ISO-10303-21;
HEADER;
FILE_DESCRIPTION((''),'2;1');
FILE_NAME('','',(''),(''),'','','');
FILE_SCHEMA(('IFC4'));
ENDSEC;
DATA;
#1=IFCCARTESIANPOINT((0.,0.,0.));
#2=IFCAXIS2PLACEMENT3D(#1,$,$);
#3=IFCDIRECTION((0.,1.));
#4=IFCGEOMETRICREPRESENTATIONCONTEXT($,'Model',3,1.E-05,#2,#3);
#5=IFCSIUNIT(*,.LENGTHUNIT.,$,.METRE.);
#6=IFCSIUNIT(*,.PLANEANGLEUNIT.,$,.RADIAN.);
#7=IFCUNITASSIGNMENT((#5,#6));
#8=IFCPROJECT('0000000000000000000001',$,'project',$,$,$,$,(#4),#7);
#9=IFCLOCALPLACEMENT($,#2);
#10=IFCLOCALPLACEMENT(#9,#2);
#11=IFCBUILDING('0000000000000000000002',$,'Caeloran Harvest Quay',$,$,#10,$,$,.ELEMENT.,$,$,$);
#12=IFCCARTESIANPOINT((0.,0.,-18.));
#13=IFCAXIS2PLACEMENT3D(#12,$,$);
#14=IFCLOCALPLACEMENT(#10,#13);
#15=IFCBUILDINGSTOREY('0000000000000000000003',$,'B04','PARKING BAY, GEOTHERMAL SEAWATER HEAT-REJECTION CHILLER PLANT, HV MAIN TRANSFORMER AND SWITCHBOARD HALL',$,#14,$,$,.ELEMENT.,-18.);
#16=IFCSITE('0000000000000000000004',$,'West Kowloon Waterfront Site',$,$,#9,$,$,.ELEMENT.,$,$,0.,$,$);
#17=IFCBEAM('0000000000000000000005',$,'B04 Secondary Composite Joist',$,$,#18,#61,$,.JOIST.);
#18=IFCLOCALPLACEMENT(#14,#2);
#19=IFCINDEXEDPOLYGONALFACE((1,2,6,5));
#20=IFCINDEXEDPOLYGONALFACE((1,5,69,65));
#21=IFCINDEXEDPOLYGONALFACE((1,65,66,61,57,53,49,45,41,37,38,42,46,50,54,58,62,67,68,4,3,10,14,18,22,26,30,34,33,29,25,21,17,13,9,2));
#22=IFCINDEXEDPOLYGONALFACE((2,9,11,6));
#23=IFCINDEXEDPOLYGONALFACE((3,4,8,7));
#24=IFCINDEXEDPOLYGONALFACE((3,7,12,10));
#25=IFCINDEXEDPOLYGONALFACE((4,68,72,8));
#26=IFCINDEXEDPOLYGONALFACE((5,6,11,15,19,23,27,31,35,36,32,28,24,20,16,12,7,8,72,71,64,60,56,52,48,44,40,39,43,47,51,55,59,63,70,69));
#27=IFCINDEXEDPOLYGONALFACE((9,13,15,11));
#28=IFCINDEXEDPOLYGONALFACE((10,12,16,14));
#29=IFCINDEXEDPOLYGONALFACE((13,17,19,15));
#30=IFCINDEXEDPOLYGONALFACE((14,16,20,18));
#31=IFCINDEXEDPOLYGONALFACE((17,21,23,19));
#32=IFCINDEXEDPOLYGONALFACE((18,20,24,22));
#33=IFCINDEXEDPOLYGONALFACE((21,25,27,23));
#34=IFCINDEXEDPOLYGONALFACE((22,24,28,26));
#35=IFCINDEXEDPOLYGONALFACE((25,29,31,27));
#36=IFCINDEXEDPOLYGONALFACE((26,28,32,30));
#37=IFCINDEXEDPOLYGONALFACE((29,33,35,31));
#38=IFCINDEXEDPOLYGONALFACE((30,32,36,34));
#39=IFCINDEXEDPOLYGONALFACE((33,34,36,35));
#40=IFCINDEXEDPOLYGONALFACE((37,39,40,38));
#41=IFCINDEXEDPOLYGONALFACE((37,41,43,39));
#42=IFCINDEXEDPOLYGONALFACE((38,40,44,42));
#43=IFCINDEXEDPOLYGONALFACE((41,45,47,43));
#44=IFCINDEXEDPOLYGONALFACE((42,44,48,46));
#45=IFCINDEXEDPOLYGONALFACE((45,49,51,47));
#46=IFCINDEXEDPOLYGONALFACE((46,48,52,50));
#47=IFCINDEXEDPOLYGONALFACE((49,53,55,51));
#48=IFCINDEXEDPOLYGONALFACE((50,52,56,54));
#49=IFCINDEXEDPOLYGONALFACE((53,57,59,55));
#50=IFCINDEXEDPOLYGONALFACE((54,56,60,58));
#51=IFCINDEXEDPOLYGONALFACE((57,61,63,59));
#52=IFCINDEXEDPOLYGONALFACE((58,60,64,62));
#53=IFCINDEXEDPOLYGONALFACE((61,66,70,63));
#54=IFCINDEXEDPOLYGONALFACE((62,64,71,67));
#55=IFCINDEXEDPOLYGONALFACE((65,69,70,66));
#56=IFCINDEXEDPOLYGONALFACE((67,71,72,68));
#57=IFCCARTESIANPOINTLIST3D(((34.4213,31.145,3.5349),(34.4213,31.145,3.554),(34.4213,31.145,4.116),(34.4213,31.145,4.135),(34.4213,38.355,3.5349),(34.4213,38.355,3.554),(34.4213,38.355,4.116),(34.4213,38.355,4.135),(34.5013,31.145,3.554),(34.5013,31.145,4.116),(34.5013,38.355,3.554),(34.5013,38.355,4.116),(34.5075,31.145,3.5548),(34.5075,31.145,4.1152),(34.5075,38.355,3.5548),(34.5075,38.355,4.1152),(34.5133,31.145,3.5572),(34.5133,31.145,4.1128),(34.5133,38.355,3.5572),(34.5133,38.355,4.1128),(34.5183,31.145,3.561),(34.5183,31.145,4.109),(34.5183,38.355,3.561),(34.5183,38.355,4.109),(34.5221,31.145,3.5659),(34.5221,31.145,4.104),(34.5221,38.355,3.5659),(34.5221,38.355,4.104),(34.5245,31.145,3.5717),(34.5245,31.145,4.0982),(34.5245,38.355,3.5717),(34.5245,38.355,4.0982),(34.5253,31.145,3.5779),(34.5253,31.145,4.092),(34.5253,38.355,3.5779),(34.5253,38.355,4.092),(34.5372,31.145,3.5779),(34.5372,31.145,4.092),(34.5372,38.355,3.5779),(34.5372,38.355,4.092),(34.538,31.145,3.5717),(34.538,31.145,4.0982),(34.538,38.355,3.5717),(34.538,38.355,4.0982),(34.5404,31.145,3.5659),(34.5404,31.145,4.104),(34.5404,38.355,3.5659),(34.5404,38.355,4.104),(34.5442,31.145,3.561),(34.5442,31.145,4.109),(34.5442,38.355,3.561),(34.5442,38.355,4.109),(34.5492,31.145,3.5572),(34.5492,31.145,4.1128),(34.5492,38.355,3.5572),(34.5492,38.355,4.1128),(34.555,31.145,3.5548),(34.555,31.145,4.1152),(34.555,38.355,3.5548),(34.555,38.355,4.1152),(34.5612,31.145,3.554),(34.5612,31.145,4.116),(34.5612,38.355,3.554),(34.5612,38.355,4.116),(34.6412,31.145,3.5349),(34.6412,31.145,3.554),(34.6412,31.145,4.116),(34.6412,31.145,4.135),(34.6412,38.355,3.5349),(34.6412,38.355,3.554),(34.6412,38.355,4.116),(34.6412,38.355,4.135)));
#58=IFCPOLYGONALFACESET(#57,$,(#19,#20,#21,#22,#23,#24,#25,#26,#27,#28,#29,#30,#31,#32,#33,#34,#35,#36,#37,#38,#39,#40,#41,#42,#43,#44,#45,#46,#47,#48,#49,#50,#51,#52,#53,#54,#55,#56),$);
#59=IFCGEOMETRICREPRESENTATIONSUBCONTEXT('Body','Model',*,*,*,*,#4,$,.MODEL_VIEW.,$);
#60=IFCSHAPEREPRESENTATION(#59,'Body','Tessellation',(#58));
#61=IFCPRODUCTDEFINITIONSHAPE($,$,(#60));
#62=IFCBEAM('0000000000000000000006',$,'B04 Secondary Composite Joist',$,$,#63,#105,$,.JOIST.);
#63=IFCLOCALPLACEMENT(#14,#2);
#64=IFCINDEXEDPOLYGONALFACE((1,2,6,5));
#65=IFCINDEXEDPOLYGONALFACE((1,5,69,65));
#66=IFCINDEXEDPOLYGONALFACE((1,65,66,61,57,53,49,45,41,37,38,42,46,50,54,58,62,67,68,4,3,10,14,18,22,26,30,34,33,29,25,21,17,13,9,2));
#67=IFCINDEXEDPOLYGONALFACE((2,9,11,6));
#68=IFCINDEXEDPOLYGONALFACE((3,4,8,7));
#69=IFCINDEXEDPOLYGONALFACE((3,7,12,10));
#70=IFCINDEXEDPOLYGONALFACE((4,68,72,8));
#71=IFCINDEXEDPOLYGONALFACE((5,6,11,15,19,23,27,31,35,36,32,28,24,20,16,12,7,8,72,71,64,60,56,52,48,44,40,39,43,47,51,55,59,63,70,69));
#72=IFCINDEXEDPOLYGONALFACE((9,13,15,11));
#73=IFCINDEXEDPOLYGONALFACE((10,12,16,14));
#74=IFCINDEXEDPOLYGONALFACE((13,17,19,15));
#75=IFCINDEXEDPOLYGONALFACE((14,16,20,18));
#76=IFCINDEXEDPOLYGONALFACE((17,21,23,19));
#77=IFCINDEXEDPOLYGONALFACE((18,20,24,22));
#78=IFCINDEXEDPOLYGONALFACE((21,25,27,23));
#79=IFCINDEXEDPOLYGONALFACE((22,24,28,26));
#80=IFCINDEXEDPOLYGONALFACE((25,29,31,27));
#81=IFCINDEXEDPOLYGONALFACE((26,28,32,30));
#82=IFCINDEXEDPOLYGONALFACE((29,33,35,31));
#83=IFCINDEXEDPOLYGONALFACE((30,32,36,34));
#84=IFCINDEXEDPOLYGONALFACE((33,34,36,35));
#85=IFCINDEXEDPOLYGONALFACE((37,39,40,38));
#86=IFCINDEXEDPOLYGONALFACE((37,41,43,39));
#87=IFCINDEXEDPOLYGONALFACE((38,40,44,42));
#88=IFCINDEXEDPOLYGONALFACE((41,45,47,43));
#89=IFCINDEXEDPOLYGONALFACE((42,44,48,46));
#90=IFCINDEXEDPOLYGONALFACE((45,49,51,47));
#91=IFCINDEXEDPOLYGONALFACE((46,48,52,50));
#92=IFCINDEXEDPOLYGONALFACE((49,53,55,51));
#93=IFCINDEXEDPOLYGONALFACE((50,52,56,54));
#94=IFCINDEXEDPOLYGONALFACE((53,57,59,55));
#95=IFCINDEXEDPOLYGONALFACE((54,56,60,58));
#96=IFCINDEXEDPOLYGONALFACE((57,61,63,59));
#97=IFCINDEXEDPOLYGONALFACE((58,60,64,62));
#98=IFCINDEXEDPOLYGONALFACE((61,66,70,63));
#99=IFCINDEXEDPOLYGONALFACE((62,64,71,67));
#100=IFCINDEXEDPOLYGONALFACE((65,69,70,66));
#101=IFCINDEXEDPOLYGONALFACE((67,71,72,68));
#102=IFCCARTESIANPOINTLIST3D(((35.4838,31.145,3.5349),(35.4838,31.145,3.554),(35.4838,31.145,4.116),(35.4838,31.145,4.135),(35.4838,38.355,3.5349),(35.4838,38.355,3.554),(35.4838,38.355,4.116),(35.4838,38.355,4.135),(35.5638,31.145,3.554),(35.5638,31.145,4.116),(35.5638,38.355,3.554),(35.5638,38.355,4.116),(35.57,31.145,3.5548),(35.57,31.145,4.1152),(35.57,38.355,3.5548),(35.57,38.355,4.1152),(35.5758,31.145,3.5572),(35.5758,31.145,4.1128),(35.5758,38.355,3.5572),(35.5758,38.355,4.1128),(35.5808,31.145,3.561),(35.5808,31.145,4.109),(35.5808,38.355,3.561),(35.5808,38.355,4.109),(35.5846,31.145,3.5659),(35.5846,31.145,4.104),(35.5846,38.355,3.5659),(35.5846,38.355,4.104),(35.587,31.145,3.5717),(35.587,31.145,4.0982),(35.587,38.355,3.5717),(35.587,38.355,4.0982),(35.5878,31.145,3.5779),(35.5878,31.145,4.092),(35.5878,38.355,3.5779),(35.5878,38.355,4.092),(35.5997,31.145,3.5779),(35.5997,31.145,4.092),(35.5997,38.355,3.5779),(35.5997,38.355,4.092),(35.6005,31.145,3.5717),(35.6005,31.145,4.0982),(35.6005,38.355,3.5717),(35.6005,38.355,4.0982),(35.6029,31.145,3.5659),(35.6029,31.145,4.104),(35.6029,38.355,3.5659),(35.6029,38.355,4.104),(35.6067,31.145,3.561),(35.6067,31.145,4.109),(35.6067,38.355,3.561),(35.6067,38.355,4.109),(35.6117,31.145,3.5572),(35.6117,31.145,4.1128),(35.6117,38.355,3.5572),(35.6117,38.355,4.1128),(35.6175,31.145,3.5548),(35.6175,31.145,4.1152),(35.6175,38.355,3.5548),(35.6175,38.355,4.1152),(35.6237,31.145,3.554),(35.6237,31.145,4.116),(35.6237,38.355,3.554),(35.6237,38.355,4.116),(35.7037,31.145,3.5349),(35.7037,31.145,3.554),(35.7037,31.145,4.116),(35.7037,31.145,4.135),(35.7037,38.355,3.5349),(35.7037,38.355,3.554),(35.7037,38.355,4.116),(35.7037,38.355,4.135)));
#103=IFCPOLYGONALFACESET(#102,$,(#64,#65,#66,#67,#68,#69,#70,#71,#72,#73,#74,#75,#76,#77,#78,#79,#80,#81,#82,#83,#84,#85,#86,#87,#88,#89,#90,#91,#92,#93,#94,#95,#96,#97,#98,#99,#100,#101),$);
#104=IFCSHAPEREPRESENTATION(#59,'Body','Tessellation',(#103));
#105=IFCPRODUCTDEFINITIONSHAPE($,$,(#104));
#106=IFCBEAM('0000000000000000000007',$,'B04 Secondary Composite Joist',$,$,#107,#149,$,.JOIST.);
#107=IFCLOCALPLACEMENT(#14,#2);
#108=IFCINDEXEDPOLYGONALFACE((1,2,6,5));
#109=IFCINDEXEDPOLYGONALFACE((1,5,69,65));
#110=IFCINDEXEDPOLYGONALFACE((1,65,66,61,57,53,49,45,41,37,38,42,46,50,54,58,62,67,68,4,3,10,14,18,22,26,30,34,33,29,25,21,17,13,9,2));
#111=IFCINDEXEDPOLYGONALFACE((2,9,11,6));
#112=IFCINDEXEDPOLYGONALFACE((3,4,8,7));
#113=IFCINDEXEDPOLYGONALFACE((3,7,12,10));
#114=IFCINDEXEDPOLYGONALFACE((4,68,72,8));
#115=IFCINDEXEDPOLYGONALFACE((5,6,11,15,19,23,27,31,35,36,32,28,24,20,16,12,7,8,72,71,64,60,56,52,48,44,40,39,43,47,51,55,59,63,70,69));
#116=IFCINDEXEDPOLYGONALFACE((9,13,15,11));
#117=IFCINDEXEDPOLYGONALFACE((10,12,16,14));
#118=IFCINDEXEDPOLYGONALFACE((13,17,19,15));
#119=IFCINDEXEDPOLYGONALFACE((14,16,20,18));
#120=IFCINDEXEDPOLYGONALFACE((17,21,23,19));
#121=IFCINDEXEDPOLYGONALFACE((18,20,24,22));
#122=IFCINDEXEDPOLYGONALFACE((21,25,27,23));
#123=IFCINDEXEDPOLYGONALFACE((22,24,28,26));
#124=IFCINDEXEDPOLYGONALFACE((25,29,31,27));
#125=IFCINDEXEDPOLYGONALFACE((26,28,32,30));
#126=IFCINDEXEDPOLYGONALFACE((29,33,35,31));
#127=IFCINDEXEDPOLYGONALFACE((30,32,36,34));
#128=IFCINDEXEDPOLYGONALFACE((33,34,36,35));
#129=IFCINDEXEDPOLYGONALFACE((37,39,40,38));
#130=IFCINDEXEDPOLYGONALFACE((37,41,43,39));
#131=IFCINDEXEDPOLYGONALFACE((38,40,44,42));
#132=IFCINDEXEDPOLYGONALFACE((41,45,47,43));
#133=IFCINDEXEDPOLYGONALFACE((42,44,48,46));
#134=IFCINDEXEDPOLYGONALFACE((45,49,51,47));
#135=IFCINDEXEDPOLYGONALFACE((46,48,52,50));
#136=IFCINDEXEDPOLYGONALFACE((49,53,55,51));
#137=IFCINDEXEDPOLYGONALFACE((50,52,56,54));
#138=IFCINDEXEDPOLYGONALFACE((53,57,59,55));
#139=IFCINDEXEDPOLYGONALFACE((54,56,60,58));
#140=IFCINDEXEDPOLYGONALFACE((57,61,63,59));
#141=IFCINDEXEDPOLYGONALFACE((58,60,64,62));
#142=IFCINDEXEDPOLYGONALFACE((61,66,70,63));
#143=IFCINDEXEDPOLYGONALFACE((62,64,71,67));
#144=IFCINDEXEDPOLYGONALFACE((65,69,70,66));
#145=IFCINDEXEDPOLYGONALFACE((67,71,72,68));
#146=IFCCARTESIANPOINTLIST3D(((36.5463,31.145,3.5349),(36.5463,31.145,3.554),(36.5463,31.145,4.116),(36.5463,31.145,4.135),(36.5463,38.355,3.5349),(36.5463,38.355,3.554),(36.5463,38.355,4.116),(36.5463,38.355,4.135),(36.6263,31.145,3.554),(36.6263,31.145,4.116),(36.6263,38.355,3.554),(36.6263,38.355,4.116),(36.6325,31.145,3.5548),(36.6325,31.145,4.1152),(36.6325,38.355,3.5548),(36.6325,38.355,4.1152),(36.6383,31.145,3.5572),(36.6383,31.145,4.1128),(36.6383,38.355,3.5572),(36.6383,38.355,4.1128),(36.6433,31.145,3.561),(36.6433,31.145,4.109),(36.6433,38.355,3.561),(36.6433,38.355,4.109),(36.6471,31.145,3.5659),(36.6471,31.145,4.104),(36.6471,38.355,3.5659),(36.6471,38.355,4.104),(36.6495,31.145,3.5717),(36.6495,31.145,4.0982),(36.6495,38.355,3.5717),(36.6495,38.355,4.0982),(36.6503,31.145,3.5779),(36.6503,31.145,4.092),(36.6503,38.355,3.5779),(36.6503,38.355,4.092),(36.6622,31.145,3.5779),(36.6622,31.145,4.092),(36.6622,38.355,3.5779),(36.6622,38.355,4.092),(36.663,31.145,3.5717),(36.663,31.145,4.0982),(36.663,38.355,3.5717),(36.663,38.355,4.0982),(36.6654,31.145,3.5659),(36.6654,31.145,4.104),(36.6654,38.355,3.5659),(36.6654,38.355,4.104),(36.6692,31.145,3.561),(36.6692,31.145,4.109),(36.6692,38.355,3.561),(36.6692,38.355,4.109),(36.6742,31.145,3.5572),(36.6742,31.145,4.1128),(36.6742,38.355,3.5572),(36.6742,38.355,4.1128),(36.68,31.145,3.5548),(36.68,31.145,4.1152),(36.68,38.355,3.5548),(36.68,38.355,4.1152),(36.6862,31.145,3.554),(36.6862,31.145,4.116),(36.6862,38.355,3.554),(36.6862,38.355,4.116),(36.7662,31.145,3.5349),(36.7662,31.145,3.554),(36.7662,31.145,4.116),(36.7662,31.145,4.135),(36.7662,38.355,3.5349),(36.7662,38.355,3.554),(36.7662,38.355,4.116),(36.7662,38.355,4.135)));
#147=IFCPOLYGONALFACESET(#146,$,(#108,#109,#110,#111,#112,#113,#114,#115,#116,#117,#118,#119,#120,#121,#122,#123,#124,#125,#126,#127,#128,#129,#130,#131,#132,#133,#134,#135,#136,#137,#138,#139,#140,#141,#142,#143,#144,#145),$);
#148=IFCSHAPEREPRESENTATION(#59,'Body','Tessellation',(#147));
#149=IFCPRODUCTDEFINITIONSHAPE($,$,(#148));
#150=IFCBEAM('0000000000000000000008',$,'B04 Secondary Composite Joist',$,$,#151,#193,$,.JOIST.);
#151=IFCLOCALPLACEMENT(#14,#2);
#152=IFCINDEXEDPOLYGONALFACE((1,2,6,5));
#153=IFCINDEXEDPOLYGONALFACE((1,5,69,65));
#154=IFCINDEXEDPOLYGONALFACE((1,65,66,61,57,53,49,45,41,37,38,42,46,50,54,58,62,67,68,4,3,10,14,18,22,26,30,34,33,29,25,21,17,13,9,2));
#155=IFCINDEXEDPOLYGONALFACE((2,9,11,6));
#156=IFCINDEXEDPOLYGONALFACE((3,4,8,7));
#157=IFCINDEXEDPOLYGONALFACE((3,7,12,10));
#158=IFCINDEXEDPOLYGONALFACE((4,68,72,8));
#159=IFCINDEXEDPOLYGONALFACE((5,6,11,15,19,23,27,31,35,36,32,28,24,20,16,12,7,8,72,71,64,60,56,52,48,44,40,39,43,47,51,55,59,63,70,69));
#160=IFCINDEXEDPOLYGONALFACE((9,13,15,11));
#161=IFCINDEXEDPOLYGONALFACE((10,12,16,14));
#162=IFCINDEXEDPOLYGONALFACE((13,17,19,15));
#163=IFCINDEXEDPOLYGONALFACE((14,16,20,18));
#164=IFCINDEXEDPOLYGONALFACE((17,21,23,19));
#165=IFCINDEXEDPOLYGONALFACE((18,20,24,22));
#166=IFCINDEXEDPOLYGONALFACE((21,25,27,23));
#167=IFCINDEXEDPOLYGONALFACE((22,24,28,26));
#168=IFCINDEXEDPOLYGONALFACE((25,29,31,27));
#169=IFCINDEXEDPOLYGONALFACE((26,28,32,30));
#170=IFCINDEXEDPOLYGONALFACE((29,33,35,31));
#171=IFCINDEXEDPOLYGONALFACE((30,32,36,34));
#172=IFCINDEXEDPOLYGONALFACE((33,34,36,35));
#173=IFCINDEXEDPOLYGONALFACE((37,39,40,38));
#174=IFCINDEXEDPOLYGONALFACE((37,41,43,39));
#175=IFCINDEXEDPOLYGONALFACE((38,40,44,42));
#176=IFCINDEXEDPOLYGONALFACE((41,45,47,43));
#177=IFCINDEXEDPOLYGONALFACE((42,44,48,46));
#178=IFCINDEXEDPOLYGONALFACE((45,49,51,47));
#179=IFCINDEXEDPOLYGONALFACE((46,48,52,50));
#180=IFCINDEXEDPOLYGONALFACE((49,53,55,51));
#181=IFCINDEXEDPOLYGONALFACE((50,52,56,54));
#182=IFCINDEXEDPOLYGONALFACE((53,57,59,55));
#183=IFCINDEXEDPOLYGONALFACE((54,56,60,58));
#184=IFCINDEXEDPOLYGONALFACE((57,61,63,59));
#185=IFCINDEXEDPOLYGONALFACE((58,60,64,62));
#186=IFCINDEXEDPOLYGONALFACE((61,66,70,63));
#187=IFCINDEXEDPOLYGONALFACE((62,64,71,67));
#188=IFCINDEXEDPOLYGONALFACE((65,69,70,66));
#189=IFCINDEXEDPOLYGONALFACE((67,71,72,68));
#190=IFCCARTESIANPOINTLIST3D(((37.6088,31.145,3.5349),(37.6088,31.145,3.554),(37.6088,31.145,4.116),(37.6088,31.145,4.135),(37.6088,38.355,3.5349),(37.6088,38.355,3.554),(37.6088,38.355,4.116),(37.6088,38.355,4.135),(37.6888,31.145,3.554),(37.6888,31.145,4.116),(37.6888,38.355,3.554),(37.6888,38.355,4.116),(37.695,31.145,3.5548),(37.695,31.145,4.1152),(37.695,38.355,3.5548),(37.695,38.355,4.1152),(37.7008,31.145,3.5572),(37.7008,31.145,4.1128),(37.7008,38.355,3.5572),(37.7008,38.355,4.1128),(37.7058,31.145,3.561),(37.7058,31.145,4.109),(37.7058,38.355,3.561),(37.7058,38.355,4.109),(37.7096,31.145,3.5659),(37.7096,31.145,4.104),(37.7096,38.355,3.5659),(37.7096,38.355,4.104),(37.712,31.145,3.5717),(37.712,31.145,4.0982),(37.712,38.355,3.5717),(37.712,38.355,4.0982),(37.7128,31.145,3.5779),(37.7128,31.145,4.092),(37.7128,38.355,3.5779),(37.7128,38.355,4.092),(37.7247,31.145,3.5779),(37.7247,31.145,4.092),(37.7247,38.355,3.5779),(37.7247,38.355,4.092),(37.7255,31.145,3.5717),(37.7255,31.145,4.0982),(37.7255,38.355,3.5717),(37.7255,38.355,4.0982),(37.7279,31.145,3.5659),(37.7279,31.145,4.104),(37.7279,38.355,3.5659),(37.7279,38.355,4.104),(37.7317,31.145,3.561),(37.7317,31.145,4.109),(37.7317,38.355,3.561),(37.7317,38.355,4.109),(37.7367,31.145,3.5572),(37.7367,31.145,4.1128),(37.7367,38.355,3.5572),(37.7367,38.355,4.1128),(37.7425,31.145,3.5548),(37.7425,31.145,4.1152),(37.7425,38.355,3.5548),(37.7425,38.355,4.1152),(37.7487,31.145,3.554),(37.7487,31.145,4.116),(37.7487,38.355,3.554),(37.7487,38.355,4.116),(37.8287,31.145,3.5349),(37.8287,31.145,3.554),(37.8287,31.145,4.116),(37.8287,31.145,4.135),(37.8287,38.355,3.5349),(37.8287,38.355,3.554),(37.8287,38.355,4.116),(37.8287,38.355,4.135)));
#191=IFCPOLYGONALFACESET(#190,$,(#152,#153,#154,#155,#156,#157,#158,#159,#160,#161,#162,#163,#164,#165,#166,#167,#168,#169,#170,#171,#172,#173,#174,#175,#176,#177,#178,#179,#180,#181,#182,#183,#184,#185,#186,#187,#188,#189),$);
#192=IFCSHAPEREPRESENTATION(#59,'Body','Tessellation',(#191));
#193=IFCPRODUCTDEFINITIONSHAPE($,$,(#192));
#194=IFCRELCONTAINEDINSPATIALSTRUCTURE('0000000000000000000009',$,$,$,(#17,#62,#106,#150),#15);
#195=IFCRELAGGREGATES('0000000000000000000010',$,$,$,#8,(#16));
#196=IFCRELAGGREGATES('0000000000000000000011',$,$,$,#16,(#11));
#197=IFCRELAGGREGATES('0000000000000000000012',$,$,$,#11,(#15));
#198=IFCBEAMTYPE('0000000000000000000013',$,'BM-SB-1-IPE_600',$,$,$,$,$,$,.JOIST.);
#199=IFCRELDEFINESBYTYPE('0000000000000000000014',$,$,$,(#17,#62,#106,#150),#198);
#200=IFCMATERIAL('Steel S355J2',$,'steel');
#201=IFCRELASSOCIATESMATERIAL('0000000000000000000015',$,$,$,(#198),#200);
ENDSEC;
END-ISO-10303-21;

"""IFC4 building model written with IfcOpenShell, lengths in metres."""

from ifc_helpers import new_model, si_unit, direction, frame, origin, origin_2d, place, context, subcontext, project, spatial, i_section, extrude, material, material_profile, profile_set, type_object, element, save


model = new_model("IFC4")

# Units and contexts
model_context = context("Model", 3, precision=1e-05, world=origin(), true_north=direction((0.0, 1.0)))
body_context = subcontext(model_context, "Body", "Model", "MODEL_VIEW")
ifc_project = project(units=[si_unit("LENGTHUNIT", "METRE"), si_unit("PLANEANGLEUNIT", "RADIAN")], contexts=[model_context])

# Site, building, storey
site_placement = place(None, origin())
site = spatial("IfcSite", under=ifc_project, at=site_placement, Name="West Kowloon Waterfront Site", CompositionType="ELEMENT", RefElevation=0.0)
building_placement = place(site_placement, origin())
building = spatial("IfcBuilding", under=site, at=building_placement, Name="Caeloran Harvest Quay", CompositionType="ELEMENT")
storey_placement = place(building_placement, frame((0.0, 0.0, -18.0)))
storey = spatial("IfcBuildingStorey", under=building, at=storey_placement, Name="B04", Description="PARKING BAY, GEOTHERMAL SEAWATER HEAT-REJECTION CHILLER PLANT, HV MAIN TRANSFORMER AND SWITCHBOARD HALL", CompositionType="ELEMENT", Elevation=-18.0)

# Beams
ifc_material_1 = material(Name="Steel S355J2", Category="steel")
ifc_material_profile_1 = material_profile(ifc_material_1, i_section(OverallWidth=0.22, OverallDepth=0.6001, WebThickness=0.012, FlangeThickness=0.019, FilletRadius=0.0239, at=origin_2d()), Name="IPE 600")
ifc_profile_set_1 = profile_set([ifc_material_profile_1], Name="Steel S355J2")
beam_type_1 = type_object("IfcBeamType", Name="BM-SB-1-IPE_600", PredefinedType="JOIST", material=ifc_profile_set_1)
for number, where, z_axis, x_axis, name in (
    (1, (34.5312, 31.145, 3.835), (0.0, 1.0, 0.0), (-1.0, 0.0, 0.0), "B04 Secondary Composite Joist"),
    (2, (35.5938, 31.145, 3.835), (0.0, 1.0, 0.0), (-1.0, 0.0, 0.0), "B04 Secondary Composite Joist"),
    (3, (36.6562, 31.145, 3.835), (0.0, 1.0, 0.0), (-1.0, 0.0, 0.0), "B04 Secondary Composite Joist"),
    (4, (37.7188, 31.145, 3.835), (0.0, 1.0, 0.0), (-1.0, 0.0, 0.0), "B04 Secondary Composite Joist"),
):
    element("IfcBeam", number, at=place(storey_placement, frame(where, z_axis=z_axis, x_axis=x_axis)), inside=storey, type_object=beam_type_1, Name=name, PredefinedType="JOIST", context=body_context, shape_type="SweptSolid", body=[
        extrude(i_section(OverallWidth=0.22, OverallDepth=0.6001, WebThickness=0.012, FlangeThickness=0.019, FilletRadius=0.0239, at=origin_2d()), origin(), (0.0, 0.0, 1.0), 7.21),
    ])

save(model, "model.ifc")
